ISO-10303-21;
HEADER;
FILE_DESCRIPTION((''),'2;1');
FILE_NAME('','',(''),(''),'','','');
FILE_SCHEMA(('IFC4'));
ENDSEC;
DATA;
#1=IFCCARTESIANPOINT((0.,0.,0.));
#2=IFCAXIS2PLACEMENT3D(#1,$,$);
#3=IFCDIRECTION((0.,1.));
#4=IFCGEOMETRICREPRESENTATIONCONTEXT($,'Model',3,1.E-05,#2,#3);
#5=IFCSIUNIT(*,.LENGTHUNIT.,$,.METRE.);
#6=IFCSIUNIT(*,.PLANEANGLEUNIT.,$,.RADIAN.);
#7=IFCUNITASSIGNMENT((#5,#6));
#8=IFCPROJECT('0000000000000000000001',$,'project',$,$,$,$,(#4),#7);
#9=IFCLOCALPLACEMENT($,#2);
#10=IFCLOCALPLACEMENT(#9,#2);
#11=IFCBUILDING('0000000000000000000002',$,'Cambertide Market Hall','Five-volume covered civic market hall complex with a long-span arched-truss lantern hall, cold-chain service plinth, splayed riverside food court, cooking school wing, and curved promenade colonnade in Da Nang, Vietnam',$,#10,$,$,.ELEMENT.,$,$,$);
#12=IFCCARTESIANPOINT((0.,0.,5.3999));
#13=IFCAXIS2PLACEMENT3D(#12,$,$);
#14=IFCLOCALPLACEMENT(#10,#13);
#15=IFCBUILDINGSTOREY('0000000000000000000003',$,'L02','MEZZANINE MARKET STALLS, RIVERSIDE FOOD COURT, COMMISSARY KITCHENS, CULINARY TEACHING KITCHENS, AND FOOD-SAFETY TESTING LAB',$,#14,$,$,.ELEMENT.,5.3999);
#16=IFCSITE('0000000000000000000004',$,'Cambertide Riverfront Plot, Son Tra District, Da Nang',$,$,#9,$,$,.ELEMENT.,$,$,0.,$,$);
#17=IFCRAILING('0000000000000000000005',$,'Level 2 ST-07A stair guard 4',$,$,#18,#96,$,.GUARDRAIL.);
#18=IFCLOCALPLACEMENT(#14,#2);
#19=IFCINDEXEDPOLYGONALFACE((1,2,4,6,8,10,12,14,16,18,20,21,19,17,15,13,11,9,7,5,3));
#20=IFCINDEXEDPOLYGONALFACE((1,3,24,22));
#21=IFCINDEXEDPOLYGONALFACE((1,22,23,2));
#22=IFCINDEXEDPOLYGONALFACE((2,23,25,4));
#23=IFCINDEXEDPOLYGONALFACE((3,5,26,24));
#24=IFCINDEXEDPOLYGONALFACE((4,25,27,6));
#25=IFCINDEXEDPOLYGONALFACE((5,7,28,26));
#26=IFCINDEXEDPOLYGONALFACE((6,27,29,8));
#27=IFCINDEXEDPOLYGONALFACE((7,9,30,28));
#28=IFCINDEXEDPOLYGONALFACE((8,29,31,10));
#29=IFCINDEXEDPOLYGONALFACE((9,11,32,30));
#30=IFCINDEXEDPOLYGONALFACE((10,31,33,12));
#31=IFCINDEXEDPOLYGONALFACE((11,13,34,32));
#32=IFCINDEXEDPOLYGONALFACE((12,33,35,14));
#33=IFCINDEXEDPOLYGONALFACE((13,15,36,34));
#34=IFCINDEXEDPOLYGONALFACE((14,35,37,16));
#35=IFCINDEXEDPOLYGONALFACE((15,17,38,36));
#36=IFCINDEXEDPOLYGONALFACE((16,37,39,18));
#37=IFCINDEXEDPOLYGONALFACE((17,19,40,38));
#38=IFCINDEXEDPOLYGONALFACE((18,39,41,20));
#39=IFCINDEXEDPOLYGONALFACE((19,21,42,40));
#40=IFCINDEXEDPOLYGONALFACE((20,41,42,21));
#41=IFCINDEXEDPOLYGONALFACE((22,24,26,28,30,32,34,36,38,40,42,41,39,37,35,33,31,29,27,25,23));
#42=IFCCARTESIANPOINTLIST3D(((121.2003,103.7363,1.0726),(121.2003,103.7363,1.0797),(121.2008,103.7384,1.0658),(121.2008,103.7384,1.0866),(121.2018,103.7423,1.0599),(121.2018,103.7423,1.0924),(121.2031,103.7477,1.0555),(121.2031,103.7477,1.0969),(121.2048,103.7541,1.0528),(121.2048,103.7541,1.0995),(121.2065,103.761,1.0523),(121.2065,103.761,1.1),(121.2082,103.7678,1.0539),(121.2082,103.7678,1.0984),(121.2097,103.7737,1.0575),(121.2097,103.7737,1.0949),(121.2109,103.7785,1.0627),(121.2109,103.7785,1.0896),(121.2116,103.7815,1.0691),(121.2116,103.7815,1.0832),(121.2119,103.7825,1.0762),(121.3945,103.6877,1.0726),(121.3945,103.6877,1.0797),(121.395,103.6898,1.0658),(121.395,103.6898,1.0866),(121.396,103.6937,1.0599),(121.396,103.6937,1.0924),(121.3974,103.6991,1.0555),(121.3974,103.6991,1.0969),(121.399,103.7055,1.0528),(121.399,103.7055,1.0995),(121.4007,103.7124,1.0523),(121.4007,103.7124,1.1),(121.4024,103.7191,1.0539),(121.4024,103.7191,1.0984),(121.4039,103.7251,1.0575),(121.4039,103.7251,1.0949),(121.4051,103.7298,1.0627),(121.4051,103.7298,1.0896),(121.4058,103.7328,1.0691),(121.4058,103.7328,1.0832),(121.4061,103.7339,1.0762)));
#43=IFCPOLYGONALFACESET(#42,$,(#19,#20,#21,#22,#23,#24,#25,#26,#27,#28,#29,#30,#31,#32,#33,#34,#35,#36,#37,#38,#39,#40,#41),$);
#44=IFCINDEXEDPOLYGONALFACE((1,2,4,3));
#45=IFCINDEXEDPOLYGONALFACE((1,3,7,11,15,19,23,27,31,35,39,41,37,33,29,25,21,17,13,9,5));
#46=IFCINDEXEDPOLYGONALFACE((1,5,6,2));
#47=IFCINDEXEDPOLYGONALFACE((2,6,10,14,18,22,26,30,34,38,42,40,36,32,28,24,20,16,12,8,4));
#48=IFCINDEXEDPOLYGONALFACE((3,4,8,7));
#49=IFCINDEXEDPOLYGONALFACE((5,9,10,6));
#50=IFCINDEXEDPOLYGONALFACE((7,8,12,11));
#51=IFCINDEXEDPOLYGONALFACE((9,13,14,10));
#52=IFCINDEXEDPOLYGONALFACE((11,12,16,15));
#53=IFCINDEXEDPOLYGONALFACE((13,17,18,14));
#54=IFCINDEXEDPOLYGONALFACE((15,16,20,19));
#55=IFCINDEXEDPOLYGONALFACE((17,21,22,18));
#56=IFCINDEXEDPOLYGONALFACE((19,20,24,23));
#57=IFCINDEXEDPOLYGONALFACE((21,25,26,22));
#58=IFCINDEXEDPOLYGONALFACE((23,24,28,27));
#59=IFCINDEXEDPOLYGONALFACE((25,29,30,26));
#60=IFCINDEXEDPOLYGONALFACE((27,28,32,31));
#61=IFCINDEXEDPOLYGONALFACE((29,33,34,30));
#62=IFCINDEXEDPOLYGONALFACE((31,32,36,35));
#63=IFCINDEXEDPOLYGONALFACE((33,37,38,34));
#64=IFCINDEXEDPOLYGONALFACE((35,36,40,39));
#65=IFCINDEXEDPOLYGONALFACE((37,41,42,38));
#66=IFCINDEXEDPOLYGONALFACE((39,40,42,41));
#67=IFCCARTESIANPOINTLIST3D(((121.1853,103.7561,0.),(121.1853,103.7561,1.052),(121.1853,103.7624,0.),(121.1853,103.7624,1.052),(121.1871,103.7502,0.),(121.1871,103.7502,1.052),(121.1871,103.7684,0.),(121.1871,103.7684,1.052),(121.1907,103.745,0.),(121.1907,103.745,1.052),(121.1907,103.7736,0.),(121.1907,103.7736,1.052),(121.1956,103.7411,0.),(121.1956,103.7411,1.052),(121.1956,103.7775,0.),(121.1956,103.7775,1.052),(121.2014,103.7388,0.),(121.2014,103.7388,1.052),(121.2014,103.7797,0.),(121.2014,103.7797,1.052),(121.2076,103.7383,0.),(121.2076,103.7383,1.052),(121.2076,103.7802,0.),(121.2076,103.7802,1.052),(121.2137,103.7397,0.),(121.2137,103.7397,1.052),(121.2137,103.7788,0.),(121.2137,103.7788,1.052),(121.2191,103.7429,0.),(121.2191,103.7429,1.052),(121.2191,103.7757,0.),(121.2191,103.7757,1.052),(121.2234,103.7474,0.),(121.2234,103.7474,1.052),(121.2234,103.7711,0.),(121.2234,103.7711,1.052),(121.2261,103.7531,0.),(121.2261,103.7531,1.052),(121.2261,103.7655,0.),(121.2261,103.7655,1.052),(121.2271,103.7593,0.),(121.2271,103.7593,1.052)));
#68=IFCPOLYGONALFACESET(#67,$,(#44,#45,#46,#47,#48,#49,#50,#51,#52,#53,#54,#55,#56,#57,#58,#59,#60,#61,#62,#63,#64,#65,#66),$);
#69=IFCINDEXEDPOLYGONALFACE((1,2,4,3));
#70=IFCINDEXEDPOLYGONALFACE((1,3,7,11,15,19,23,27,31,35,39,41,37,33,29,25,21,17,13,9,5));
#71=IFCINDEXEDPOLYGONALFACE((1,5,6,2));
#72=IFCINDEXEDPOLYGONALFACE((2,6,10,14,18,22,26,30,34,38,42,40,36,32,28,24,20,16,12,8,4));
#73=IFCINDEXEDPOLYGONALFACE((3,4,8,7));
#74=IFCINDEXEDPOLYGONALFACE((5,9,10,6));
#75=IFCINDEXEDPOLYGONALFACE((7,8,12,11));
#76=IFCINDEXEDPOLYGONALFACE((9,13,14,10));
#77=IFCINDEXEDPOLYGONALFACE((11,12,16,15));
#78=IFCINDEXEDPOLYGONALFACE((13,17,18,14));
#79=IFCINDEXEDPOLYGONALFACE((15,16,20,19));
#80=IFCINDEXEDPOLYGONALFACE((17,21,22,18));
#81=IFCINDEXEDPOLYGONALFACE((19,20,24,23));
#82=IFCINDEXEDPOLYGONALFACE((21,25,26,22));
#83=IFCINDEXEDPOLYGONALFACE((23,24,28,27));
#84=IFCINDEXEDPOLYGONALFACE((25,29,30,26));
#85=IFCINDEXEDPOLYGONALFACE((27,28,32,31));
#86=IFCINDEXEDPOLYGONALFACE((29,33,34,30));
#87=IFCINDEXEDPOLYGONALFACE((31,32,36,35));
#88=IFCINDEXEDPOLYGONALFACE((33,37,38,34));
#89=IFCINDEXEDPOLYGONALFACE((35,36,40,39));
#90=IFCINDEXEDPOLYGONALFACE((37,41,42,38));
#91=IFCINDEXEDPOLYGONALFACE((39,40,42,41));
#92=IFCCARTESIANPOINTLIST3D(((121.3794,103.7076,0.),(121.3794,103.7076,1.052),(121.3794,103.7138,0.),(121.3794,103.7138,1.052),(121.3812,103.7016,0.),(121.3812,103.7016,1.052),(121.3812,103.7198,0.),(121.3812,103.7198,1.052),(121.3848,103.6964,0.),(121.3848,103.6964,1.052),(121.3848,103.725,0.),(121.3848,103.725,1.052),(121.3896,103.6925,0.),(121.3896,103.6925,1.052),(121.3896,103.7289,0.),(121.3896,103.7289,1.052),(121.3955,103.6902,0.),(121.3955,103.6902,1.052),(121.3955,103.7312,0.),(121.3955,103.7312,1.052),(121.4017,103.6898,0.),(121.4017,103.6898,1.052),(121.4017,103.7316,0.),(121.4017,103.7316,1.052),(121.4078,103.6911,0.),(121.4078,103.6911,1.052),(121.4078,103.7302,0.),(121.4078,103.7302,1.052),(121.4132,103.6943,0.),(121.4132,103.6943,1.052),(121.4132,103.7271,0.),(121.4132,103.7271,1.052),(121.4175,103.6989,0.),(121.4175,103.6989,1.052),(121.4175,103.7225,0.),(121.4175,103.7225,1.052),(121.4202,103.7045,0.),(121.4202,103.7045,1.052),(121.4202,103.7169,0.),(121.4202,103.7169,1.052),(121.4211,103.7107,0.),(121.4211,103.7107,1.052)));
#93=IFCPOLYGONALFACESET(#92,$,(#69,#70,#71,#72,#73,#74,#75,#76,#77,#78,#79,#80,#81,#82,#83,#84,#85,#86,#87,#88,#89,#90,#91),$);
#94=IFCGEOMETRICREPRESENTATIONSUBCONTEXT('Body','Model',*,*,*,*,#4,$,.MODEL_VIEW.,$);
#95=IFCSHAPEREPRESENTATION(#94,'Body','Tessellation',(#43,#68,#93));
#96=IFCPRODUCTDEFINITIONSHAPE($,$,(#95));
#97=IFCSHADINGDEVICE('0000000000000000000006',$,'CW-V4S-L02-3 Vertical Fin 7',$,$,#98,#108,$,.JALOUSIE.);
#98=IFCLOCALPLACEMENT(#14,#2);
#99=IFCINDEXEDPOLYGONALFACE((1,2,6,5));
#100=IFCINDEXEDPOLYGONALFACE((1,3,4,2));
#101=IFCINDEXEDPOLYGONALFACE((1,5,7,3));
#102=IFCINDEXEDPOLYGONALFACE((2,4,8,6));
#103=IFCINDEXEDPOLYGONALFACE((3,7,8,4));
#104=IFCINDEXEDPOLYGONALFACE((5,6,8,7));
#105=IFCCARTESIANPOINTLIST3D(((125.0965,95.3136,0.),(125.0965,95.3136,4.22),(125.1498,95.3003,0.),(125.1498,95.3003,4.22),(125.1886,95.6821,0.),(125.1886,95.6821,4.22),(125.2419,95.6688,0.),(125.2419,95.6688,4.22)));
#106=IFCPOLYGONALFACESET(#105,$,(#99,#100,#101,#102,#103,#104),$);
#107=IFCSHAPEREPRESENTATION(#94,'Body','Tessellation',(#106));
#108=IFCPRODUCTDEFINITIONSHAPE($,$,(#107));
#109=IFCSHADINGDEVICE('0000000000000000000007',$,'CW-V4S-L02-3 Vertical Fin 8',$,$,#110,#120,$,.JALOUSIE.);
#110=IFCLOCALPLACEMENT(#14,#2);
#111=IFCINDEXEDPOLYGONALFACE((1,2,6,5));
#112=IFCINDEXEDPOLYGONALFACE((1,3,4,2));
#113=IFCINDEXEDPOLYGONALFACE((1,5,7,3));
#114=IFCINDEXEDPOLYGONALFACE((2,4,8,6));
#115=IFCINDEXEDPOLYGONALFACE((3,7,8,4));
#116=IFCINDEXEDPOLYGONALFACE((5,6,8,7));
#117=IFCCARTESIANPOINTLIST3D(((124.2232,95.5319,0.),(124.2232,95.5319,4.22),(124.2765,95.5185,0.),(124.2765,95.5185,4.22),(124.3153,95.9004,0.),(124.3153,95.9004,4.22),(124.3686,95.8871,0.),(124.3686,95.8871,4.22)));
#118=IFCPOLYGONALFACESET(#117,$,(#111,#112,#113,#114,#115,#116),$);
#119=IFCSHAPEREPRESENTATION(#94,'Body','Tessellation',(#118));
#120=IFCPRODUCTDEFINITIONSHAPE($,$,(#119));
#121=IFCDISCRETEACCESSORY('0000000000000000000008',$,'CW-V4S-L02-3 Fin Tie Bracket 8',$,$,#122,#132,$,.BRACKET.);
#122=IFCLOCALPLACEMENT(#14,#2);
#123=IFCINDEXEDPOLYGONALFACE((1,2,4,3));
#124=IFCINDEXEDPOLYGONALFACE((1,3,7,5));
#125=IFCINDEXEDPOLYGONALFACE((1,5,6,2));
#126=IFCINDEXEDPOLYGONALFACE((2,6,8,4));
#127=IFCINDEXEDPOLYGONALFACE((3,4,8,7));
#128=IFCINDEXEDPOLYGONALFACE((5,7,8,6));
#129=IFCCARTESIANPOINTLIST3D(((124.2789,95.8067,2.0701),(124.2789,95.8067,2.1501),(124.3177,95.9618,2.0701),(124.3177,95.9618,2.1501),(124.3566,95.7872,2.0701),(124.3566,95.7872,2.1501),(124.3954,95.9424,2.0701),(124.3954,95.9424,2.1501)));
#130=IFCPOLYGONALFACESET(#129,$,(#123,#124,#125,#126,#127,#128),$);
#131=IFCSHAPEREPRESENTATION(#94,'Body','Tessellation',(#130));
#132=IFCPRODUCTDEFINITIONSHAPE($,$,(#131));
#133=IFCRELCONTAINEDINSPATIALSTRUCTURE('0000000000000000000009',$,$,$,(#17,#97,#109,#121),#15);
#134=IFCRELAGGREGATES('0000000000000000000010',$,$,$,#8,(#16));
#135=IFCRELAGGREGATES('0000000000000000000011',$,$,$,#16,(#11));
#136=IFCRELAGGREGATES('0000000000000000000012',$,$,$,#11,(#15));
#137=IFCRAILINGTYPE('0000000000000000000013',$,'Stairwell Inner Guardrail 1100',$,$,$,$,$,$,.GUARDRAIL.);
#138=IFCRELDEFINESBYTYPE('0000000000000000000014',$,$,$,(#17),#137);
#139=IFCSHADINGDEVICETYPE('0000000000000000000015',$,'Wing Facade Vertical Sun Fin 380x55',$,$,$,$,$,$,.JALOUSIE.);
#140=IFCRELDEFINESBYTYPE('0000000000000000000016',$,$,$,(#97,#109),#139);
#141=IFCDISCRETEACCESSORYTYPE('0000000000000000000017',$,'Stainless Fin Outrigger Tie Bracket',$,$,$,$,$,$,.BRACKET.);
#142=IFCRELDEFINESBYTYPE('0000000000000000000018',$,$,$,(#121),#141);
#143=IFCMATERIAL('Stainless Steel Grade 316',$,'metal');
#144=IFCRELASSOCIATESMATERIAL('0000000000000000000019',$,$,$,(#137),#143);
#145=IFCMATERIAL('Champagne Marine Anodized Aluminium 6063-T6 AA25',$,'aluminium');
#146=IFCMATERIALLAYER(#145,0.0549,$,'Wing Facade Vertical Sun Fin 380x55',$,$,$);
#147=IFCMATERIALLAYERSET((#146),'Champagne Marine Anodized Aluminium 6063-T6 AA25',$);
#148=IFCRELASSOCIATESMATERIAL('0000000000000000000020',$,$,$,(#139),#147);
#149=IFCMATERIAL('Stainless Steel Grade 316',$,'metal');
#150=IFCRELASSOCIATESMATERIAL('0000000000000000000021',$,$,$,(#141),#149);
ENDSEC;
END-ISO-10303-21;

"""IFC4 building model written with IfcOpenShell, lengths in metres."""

from ifc_helpers import new_model, si_unit, direction, frame, origin, origin_2d, place, context, subcontext, project, spatial, rectangle, circle, extrude, material, layer, layer_set, type_object, element, save


model = new_model("IFC4")

# Units and contexts
model_context = context("Model", 3, precision=1e-05, world=origin(), true_north=direction((0.0, 1.0)))
body_context = subcontext(model_context, "Body", "Model", "MODEL_VIEW")
ifc_project = project(units=[si_unit("LENGTHUNIT", "METRE"), si_unit("PLANEANGLEUNIT", "RADIAN")], contexts=[model_context])

# Site, building, storey
site_placement = place(None, origin())
site = spatial("IfcSite", under=ifc_project, at=site_placement, Name="Cambertide Riverfront Plot, Son Tra District, Da Nang", CompositionType="ELEMENT", RefElevation=0.0)
building_placement = place(site_placement, origin())
building = spatial("IfcBuilding", under=site, at=building_placement, Name="Cambertide Market Hall", Description="Five-volume covered civic market hall complex with a long-span arched-truss lantern hall, cold-chain service plinth, splayed riverside food court, cooking school wing, and curved promenade colonnade in Da Nang, Vietnam", CompositionType="ELEMENT")
storey_placement = place(building_placement, frame((0.0, 0.0, 5.3999)))
storey = spatial("IfcBuildingStorey", under=building, at=storey_placement, Name="L02", Description="MEZZANINE MARKET STALLS, RIVERSIDE FOOD COURT, COMMISSARY KITCHENS, CULINARY TEACHING KITCHENS, AND FOOD-SAFETY TESTING LAB", CompositionType="ELEMENT", Elevation=5.3999)

# Railing
ifc_material_1 = material(Name="Stainless Steel Grade 316", Category="metal")
railing_type_1 = type_object("IfcRailingType", Name="Stairwell Inner Guardrail 1100", PredefinedType="GUARDRAIL", material=ifc_material_1)
railing_1_placement = place(storey_placement, frame((121.2061, 103.7593, 0.0)))
element("IfcRailing", 1, at=railing_1_placement, inside=storey, type_object=railing_type_1, Name="Level 2 ST-07A stair guard 4", PredefinedType="GUARDRAIL", context=body_context, shape_type="SweptSolid", body=[
    extrude(circle(Radius=0.0239, at=origin_2d()), frame((0.0, 0.0, 1.0762), z_axis=(0.970071, -0.242823, 0.0), x_axis=(0.242823, 0.970071, 0.0)), (0.0, 0.0, 1.0), 0.2002),
    extrude(circle(Radius=0.021, at=origin_2d()), origin(), (0.0, 0.0, 1.0), 1.052),
    extrude(circle(Radius=0.021, at=origin_2d()), frame((0.1941, -0.0486, 0.0)), (0.0, 0.0, 1.0), 1.052),
])

# Shading devices
ifc_material_2 = material(Name="Champagne Marine Anodized Aluminium 6063-T6 AA25", Category="aluminium")
ifc_layer_1 = layer(ifc_material_2, 0.0549, Name="Wing Facade Vertical Sun Fin 380x55")
ifc_layer_set_1 = layer_set([ifc_layer_1], Name="Champagne Marine Anodized Aluminium 6063-T6 AA25")
shading_device_type = type_object("IfcShadingDeviceType", Name="Wing Facade Vertical Sun Fin 380x55", PredefinedType="JALOUSIE", material=ifc_layer_set_1)
for number, where, z_axis, x_axis, name in (
    (2, (125.1692, 95.4912, 0.0), (0.0, 0.0, 1.0), (-0.970143, 0.242535, 0.0), "CW-V4S-L02-3 Vertical Fin 7"),
    (3, (124.2959, 95.7095, 0.0), (0.0, 0.0, 1.0), (-0.970143, 0.242535, 0.0), "CW-V4S-L02-3 Vertical Fin 8"),
):
    element("IfcShadingDevice", number, at=place(storey_placement, frame(where, z_axis=z_axis, x_axis=x_axis)), inside=storey, type_object=shading_device_type, Name=name, PredefinedType="JALOUSIE", context=body_context, shape_type="SweptSolid", body=[
        extrude(rectangle(XDim=0.0549, YDim=0.3799, at=origin_2d()), origin(), (0.0, 0.0, 1.0), 4.22),
    ])

# Discrete accessory
ifc_material_3 = material(Name="Stainless Steel Grade 316", Category="metal")
discrete_accessory_type = type_object("IfcDiscreteAccessoryType", Name="Stainless Fin Outrigger Tie Bracket", PredefinedType="BRACKET", material=ifc_material_3)
discrete_accessory_placement = place(storey_placement, frame((124.3372, 95.8745, 2.0701), z_axis=(0.0, 0.0, 1.0), x_axis=(-0.970143, 0.242535, 0.0)))
element("IfcDiscreteAccessory", 4, at=discrete_accessory_placement, inside=storey, type_object=discrete_accessory_type, Name="CW-V4S-L02-3 Fin Tie Bracket 8", PredefinedType="BRACKET", context=body_context, shape_type="SweptSolid", body=[
    extrude(rectangle(XDim=0.0801, YDim=0.1599, at=origin_2d()), origin(), (0.0, 0.0, 1.0), 0.0801),
])

save(model, "model.ifc")
